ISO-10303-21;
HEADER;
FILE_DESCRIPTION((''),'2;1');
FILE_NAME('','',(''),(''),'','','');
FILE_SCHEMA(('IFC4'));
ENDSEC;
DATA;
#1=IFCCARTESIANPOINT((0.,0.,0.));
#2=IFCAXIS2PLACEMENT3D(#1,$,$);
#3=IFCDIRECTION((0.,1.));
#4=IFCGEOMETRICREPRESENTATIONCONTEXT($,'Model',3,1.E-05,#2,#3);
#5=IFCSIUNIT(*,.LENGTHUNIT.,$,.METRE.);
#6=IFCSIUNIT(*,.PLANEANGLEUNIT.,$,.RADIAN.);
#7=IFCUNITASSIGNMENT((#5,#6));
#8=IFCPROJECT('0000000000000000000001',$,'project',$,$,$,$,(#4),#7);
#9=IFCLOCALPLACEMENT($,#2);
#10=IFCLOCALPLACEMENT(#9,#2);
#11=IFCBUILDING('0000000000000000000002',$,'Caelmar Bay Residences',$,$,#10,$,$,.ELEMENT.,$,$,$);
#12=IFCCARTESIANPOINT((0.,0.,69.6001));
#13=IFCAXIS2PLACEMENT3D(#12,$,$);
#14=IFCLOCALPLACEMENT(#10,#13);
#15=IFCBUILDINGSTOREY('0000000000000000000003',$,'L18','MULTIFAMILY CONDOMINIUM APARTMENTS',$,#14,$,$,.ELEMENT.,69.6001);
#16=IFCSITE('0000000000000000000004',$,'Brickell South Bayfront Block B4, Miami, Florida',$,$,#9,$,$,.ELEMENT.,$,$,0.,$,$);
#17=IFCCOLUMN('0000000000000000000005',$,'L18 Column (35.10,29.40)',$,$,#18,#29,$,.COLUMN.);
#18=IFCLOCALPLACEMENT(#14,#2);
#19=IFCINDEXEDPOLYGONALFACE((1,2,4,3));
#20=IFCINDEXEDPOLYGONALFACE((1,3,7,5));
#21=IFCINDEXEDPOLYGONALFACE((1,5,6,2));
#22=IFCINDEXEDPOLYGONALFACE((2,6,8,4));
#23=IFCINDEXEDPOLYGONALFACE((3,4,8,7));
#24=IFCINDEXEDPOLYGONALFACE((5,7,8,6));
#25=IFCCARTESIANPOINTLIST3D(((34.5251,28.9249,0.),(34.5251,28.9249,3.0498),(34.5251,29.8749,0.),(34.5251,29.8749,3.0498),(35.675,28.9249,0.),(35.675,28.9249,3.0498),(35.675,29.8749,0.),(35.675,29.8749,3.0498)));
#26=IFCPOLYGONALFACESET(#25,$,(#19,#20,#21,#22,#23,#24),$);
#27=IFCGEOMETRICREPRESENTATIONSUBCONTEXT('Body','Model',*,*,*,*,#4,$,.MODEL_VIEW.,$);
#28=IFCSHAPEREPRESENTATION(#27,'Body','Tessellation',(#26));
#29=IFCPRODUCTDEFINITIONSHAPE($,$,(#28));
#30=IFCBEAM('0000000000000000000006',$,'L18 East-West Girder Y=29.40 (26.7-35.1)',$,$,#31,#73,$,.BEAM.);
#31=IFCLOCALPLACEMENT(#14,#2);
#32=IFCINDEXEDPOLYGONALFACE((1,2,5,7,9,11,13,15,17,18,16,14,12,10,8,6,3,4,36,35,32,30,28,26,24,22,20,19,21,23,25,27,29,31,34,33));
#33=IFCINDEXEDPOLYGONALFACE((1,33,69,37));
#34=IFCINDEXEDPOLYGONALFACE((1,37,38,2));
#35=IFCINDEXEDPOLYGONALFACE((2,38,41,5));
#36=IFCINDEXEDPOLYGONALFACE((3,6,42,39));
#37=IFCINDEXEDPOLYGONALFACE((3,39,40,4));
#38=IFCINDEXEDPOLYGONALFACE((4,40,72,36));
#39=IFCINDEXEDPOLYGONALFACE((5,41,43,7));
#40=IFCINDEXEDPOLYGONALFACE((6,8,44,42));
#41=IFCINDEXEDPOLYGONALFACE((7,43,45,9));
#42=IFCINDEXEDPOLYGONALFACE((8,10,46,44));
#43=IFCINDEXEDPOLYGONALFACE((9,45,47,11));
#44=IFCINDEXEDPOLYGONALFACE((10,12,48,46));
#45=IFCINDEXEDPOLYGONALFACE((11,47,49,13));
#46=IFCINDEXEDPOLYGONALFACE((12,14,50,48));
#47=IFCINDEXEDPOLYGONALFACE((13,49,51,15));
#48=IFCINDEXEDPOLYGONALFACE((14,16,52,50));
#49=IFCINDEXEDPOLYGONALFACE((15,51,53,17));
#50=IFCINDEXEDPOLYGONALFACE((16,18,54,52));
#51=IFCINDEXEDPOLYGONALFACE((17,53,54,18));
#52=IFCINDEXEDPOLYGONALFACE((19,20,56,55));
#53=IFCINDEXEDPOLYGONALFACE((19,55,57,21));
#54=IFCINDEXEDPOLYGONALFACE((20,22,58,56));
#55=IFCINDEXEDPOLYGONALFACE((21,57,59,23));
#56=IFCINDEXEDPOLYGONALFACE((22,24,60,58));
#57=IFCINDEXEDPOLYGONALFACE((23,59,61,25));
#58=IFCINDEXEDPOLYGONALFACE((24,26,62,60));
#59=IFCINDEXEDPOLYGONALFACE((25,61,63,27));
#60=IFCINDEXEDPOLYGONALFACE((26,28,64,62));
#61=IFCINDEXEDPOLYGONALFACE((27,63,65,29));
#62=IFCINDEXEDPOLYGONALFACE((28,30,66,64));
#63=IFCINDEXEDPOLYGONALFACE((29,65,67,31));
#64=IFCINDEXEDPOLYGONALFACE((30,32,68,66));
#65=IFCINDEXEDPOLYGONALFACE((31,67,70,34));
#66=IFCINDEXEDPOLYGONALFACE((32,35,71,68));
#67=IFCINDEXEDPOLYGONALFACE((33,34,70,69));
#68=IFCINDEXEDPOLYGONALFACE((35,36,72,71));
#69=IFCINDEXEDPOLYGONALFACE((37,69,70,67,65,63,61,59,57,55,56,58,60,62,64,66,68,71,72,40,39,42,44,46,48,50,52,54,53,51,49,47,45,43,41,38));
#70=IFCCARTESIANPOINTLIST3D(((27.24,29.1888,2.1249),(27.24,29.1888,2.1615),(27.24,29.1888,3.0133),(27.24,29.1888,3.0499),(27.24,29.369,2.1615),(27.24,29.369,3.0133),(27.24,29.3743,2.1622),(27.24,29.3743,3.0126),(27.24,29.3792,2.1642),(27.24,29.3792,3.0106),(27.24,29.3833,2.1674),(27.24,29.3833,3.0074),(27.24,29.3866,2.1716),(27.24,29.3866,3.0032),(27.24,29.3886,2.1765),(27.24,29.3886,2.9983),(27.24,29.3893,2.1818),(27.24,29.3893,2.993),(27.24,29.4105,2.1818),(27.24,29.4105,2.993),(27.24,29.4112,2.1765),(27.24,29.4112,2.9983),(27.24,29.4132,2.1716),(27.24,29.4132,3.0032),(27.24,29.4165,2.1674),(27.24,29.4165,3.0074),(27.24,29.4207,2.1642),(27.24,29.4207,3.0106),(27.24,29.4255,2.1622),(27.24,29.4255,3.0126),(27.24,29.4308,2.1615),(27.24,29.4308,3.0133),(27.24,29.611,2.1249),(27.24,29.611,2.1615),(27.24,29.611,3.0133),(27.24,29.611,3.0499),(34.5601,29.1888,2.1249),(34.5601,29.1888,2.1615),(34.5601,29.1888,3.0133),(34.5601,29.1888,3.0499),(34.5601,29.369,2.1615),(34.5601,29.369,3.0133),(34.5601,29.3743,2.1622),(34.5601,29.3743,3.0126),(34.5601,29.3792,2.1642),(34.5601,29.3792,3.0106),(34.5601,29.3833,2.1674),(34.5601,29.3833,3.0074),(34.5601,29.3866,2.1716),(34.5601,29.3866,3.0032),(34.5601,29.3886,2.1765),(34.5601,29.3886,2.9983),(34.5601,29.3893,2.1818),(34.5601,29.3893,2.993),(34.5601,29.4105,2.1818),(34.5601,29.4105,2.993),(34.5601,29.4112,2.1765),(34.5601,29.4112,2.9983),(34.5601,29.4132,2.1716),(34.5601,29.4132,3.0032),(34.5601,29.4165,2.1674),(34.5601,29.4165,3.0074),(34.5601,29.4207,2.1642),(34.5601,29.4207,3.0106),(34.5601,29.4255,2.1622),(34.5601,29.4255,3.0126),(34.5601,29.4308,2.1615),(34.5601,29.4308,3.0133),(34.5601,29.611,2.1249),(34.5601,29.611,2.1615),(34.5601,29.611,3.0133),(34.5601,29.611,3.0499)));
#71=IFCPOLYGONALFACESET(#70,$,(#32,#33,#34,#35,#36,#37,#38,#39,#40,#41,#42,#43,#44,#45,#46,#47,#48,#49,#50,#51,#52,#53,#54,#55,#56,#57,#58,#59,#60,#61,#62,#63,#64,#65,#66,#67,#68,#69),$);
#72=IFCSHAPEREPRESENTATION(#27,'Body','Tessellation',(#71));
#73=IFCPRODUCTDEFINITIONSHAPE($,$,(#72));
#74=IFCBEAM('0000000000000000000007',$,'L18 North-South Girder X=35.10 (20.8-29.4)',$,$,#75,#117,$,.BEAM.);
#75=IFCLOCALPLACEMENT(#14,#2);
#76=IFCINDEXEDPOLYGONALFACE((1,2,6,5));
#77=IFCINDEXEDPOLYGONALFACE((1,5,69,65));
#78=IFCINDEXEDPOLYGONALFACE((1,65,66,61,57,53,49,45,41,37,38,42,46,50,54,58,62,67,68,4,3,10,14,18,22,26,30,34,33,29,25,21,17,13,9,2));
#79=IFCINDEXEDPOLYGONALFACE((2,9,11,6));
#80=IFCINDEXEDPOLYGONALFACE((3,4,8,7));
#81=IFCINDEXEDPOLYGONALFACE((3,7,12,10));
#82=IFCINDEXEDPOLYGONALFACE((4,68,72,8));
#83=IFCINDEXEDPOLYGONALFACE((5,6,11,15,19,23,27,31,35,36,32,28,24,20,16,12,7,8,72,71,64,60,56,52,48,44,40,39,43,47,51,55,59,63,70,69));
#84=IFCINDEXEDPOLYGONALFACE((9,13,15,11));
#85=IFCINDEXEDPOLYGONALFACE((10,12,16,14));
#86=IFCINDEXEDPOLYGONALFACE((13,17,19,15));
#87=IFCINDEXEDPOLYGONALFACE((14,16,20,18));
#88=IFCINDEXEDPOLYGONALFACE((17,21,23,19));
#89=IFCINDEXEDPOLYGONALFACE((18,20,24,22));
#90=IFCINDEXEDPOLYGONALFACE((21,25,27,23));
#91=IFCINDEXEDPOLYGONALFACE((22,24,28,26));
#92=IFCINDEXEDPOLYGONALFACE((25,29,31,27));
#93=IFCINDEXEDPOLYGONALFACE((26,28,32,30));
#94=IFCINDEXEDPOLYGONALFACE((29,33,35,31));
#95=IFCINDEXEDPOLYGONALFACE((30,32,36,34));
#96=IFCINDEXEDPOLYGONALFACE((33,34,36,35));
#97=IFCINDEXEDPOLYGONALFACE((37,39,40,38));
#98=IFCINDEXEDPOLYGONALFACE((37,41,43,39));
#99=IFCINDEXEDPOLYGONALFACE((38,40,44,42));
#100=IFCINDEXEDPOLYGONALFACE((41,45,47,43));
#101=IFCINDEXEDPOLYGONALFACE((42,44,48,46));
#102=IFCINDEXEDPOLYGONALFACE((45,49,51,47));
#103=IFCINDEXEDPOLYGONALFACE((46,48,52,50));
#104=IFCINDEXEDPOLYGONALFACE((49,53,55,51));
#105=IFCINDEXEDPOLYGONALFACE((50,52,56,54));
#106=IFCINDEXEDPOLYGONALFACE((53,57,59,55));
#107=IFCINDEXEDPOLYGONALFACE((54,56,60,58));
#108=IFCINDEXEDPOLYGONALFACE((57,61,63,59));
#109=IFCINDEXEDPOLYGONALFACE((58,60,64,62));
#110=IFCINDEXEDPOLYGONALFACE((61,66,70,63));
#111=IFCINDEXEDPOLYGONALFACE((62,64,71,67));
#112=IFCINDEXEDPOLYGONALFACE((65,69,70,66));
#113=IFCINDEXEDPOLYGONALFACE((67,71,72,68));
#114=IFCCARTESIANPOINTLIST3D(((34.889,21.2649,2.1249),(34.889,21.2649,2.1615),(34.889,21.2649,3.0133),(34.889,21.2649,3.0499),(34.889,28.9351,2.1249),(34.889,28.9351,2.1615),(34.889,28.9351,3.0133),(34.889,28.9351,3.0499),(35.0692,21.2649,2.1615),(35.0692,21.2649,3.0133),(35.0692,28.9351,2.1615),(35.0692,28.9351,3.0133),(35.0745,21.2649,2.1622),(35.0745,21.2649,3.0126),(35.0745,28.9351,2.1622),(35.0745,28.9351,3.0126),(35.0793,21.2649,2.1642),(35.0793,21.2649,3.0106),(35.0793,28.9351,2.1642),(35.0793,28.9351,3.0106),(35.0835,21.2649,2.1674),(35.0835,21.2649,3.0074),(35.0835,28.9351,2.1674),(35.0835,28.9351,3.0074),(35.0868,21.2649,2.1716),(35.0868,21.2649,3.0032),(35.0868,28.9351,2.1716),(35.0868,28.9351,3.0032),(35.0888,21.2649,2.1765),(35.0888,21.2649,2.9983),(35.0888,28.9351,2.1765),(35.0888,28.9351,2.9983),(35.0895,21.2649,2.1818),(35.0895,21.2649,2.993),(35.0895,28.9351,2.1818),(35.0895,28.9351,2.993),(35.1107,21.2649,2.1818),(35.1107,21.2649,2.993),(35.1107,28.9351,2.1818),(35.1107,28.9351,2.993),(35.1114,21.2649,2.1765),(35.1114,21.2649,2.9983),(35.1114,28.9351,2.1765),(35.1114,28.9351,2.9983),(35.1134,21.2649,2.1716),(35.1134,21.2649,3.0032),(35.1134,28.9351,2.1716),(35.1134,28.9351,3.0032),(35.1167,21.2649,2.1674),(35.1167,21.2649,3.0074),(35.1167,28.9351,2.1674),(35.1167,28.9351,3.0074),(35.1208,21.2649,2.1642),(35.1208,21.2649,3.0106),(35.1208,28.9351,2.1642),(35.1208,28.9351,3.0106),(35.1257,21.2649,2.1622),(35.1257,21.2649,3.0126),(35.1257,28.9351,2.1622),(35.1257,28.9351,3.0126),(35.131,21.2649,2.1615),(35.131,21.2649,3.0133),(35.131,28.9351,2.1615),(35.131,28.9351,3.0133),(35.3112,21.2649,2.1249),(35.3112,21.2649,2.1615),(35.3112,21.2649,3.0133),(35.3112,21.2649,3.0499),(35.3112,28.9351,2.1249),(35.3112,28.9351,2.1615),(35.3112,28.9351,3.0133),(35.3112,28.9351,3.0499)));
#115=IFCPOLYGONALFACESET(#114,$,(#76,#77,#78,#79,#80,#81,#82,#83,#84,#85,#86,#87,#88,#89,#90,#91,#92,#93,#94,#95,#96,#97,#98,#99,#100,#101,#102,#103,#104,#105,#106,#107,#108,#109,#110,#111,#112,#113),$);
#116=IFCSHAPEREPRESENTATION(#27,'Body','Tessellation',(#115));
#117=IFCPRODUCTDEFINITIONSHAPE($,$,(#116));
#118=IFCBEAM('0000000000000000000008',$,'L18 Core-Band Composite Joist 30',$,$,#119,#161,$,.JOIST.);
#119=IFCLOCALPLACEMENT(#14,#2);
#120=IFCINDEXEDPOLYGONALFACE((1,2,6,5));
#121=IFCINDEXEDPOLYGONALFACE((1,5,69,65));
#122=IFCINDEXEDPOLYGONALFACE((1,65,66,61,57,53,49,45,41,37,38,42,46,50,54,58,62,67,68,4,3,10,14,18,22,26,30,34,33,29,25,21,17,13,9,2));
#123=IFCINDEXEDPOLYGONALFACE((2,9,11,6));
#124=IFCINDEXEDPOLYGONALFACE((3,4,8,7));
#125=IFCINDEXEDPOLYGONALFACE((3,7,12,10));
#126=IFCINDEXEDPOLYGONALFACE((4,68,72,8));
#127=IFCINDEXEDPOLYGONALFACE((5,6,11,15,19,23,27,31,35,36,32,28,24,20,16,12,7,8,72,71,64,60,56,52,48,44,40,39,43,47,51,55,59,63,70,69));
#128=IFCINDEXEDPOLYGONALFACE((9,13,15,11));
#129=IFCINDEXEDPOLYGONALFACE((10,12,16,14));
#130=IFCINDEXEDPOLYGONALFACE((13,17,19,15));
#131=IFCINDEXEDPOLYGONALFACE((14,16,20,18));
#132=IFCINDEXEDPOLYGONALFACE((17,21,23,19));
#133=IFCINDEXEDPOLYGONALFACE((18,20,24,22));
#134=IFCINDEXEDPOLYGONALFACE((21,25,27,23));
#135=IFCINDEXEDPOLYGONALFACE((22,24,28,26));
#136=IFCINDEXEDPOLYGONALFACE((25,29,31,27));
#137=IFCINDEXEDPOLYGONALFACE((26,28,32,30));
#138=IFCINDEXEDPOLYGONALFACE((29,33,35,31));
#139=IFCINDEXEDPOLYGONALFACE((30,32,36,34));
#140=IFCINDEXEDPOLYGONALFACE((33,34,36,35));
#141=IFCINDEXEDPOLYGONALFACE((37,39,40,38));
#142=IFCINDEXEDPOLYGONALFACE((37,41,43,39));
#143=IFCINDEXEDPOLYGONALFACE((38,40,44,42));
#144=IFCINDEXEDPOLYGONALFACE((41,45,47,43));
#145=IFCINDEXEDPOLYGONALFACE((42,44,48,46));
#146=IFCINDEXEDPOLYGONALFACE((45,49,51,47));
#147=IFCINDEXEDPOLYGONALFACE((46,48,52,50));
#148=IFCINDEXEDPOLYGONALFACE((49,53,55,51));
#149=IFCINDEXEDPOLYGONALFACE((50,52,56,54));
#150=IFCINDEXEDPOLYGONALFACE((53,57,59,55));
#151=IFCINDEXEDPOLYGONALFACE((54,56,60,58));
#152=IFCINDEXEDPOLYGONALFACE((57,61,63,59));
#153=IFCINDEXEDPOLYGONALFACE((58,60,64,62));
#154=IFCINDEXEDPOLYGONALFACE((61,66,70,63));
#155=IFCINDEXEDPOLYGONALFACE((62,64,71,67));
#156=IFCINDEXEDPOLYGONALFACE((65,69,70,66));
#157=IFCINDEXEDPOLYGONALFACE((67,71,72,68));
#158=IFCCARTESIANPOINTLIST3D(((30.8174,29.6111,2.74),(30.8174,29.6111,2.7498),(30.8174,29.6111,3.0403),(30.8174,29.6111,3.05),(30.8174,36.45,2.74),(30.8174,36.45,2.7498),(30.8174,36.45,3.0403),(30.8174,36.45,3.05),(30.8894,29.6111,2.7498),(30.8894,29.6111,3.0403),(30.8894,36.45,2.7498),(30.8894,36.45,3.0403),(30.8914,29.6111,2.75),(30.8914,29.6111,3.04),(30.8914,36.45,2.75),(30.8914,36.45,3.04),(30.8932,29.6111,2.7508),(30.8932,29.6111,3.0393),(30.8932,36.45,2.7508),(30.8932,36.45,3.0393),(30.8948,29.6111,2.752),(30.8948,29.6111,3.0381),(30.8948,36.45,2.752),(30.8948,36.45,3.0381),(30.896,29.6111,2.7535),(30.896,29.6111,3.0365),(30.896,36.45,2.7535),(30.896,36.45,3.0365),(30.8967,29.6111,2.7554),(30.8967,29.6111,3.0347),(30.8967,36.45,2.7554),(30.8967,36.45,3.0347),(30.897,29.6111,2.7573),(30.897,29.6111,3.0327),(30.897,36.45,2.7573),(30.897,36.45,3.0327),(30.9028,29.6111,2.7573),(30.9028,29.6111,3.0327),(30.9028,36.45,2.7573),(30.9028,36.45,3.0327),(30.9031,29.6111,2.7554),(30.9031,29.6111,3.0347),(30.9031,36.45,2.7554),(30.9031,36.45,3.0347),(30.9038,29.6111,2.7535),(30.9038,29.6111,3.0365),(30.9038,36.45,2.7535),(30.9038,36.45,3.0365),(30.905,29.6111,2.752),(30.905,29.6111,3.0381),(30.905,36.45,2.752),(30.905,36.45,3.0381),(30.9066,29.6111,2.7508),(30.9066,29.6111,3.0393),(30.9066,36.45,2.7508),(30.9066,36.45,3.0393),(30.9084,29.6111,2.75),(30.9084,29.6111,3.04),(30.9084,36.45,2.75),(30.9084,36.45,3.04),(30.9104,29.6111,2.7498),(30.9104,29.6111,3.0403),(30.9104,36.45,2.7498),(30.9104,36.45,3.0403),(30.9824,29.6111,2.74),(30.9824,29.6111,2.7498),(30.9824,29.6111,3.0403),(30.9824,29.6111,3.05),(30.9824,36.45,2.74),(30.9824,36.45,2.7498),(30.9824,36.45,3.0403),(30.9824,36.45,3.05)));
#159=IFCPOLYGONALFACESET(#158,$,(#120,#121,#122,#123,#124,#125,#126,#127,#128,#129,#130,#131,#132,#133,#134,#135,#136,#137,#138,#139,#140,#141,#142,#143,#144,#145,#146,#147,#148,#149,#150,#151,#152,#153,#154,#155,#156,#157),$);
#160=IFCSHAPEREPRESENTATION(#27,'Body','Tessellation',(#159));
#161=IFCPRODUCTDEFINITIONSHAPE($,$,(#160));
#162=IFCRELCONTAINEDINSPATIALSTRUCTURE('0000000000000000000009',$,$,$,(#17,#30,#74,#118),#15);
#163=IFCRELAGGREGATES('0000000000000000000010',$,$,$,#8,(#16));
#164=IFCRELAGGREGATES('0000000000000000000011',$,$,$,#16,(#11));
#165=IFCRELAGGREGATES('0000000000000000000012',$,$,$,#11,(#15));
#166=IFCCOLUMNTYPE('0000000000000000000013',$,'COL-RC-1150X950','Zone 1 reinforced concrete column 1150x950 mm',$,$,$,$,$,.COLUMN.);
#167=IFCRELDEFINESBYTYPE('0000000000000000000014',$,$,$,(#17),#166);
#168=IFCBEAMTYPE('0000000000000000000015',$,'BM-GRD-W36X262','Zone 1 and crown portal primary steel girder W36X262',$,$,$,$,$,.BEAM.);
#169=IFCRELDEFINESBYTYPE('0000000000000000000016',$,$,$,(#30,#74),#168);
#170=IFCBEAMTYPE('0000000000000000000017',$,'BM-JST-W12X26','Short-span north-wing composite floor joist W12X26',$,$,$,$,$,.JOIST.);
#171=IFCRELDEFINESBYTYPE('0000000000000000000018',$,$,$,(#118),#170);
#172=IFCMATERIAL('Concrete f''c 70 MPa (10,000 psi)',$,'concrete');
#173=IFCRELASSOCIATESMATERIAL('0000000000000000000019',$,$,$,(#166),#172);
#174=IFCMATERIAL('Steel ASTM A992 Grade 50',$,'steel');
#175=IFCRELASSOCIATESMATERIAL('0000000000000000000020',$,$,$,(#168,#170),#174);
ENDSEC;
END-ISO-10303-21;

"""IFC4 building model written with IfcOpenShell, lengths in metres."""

from ifc_helpers import new_model, si_unit, direction, frame, origin, origin_2d, place, context, subcontext, project, spatial, rectangle, i_section, extrude, material, material_profile, profile_set, type_object, element, save


model = new_model("IFC4")

# Units and contexts
model_context = context("Model", 3, precision=1e-05, world=origin(), true_north=direction((0.0, 1.0)))
body_context = subcontext(model_context, "Body", "Model", "MODEL_VIEW")
ifc_project = project(units=[si_unit("LENGTHUNIT", "METRE"), si_unit("PLANEANGLEUNIT", "RADIAN")], contexts=[model_context])

# Site, building, storey
site_placement = place(None, origin())
site = spatial("IfcSite", under=ifc_project, at=site_placement, Name="Brickell South Bayfront Block B4, Miami, Florida", CompositionType="ELEMENT", RefElevation=0.0)
building_placement = place(site_placement, origin())
building = spatial("IfcBuilding", under=site, at=building_placement, Name="Caelmar Bay Residences", CompositionType="ELEMENT")
storey_placement = place(building_placement, frame((0.0, 0.0, 69.6001)))
storey = spatial("IfcBuildingStorey", under=building, at=storey_placement, Name="L18", Description="MULTIFAMILY CONDOMINIUM APARTMENTS", CompositionType="ELEMENT", Elevation=69.6001)

# Column
ifc_material_1 = material(Name="Concrete f'c 70 MPa (10,000 psi)", Category="concrete")
ifc_material_profile_1 = material_profile(ifc_material_1, rectangle(XDim=1.1499, YDim=0.95, at=origin_2d()), Name="RC-COL-1150X950")
ifc_profile_set_1 = profile_set([ifc_material_profile_1], Name="Concrete f'c 70 MPa (10,000 psi)")
column_type = type_object("IfcColumnType", Name="COL-RC-1150X950", Description="Zone 1 reinforced concrete column 1150x950 mm", PredefinedType="COLUMN", material=ifc_profile_set_1)
column_placement = place(storey_placement, frame((35.1001, 29.3999, 0.0), z_axis=(0.0, 0.0, 1.0), x_axis=(1.0, 0.0, 0.0)))
element("IfcColumn", 1, at=column_placement, inside=storey, type_object=column_type, Name="L18 Column (35.10,29.40)", PredefinedType="COLUMN", context=body_context, shape_type="SweptSolid", body=[
    extrude(rectangle(XDim=1.1499, YDim=0.95, at=origin_2d()), origin(), (0.0, 0.0, 1.0), 3.0498),
])

# Beams
ifc_material_2 = material(Name="Steel ASTM A992 Grade 50", Category="steel")
ifc_material_profile_2 = material_profile(ifc_material_2, i_section(OverallWidth=0.4221, OverallDepth=0.925, WebThickness=0.0212, FlangeThickness=0.0366, FilletRadius=0.0203, at=origin_2d()), Name="W36X262")
ifc_profile_set_2 = profile_set([ifc_material_profile_2], Name="Steel ASTM A992 Grade 50")
beam_type_1 = type_object("IfcBeamType", Name="BM-GRD-W36X262", Description="Zone 1 and crown portal primary steel girder W36X262", PredefinedType="BEAM", material=ifc_profile_set_2)
beam_1_placement = place(storey_placement, frame((27.24, 29.3999, 2.5874), z_axis=(1.0, 0.0, 0.0), x_axis=(0.0, 1.0, 0.0)))
element("IfcBeam", 2, at=beam_1_placement, inside=storey, type_object=beam_type_1, Name="L18 East-West Girder Y=29.40 (26.7-35.1)", PredefinedType="BEAM", context=body_context, shape_type="SweptSolid", body=[
    extrude(i_section(OverallWidth=0.4221, OverallDepth=0.925, WebThickness=0.0212, FlangeThickness=0.0366, FilletRadius=0.0203, at=origin_2d()), origin(), (0.0, 0.0, 1.0), 7.3201),
])
beam_2_placement = place(storey_placement, frame((35.1001, 21.2649, 2.5874), z_axis=(0.0, 1.0, 0.0), x_axis=(-1.0, 0.0, 0.0)))
element("IfcBeam", 3, at=beam_2_placement, inside=storey, type_object=beam_type_1, Name="L18 North-South Girder X=35.10 (20.8-29.4)", PredefinedType="BEAM", context=body_context, shape_type="SweptSolid", body=[
    extrude(i_section(OverallWidth=0.4221, OverallDepth=0.925, WebThickness=0.0212, FlangeThickness=0.0366, FilletRadius=0.0203, at=origin_2d()), origin(), (0.0, 0.0, 1.0), 7.6702),
])
ifc_material_profile_3 = material_profile(ifc_material_2, i_section(OverallWidth=0.165, OverallDepth=0.3101, WebThickness=0.0059, FlangeThickness=0.0098, FilletRadius=0.0076, at=origin_2d()), Name="W12X26")
ifc_profile_set_3 = profile_set([ifc_material_profile_3], Name="Steel ASTM A992 Grade 50")
beam_type_2 = type_object("IfcBeamType", Name="BM-JST-W12X26", Description="Short-span north-wing composite floor joist W12X26", PredefinedType="JOIST", material=ifc_profile_set_3)
beam_3_placement = place(storey_placement, frame((30.8999, 29.6111, 2.895), z_axis=(0.0, 1.0, 0.0), x_axis=(-1.0, 0.0, 0.0)))
element("IfcBeam", 4, at=beam_3_placement, inside=storey, type_object=beam_type_2, Name="L18 Core-Band Composite Joist 30", PredefinedType="JOIST", context=body_context, shape_type="SweptSolid", body=[
    extrude(i_section(OverallWidth=0.165, OverallDepth=0.3101, WebThickness=0.0059, FlangeThickness=0.0098, FilletRadius=0.0076, at=origin_2d()), origin(), (0.0, 0.0, 1.0), 6.8389),
])

save(model, "model.ifc")
